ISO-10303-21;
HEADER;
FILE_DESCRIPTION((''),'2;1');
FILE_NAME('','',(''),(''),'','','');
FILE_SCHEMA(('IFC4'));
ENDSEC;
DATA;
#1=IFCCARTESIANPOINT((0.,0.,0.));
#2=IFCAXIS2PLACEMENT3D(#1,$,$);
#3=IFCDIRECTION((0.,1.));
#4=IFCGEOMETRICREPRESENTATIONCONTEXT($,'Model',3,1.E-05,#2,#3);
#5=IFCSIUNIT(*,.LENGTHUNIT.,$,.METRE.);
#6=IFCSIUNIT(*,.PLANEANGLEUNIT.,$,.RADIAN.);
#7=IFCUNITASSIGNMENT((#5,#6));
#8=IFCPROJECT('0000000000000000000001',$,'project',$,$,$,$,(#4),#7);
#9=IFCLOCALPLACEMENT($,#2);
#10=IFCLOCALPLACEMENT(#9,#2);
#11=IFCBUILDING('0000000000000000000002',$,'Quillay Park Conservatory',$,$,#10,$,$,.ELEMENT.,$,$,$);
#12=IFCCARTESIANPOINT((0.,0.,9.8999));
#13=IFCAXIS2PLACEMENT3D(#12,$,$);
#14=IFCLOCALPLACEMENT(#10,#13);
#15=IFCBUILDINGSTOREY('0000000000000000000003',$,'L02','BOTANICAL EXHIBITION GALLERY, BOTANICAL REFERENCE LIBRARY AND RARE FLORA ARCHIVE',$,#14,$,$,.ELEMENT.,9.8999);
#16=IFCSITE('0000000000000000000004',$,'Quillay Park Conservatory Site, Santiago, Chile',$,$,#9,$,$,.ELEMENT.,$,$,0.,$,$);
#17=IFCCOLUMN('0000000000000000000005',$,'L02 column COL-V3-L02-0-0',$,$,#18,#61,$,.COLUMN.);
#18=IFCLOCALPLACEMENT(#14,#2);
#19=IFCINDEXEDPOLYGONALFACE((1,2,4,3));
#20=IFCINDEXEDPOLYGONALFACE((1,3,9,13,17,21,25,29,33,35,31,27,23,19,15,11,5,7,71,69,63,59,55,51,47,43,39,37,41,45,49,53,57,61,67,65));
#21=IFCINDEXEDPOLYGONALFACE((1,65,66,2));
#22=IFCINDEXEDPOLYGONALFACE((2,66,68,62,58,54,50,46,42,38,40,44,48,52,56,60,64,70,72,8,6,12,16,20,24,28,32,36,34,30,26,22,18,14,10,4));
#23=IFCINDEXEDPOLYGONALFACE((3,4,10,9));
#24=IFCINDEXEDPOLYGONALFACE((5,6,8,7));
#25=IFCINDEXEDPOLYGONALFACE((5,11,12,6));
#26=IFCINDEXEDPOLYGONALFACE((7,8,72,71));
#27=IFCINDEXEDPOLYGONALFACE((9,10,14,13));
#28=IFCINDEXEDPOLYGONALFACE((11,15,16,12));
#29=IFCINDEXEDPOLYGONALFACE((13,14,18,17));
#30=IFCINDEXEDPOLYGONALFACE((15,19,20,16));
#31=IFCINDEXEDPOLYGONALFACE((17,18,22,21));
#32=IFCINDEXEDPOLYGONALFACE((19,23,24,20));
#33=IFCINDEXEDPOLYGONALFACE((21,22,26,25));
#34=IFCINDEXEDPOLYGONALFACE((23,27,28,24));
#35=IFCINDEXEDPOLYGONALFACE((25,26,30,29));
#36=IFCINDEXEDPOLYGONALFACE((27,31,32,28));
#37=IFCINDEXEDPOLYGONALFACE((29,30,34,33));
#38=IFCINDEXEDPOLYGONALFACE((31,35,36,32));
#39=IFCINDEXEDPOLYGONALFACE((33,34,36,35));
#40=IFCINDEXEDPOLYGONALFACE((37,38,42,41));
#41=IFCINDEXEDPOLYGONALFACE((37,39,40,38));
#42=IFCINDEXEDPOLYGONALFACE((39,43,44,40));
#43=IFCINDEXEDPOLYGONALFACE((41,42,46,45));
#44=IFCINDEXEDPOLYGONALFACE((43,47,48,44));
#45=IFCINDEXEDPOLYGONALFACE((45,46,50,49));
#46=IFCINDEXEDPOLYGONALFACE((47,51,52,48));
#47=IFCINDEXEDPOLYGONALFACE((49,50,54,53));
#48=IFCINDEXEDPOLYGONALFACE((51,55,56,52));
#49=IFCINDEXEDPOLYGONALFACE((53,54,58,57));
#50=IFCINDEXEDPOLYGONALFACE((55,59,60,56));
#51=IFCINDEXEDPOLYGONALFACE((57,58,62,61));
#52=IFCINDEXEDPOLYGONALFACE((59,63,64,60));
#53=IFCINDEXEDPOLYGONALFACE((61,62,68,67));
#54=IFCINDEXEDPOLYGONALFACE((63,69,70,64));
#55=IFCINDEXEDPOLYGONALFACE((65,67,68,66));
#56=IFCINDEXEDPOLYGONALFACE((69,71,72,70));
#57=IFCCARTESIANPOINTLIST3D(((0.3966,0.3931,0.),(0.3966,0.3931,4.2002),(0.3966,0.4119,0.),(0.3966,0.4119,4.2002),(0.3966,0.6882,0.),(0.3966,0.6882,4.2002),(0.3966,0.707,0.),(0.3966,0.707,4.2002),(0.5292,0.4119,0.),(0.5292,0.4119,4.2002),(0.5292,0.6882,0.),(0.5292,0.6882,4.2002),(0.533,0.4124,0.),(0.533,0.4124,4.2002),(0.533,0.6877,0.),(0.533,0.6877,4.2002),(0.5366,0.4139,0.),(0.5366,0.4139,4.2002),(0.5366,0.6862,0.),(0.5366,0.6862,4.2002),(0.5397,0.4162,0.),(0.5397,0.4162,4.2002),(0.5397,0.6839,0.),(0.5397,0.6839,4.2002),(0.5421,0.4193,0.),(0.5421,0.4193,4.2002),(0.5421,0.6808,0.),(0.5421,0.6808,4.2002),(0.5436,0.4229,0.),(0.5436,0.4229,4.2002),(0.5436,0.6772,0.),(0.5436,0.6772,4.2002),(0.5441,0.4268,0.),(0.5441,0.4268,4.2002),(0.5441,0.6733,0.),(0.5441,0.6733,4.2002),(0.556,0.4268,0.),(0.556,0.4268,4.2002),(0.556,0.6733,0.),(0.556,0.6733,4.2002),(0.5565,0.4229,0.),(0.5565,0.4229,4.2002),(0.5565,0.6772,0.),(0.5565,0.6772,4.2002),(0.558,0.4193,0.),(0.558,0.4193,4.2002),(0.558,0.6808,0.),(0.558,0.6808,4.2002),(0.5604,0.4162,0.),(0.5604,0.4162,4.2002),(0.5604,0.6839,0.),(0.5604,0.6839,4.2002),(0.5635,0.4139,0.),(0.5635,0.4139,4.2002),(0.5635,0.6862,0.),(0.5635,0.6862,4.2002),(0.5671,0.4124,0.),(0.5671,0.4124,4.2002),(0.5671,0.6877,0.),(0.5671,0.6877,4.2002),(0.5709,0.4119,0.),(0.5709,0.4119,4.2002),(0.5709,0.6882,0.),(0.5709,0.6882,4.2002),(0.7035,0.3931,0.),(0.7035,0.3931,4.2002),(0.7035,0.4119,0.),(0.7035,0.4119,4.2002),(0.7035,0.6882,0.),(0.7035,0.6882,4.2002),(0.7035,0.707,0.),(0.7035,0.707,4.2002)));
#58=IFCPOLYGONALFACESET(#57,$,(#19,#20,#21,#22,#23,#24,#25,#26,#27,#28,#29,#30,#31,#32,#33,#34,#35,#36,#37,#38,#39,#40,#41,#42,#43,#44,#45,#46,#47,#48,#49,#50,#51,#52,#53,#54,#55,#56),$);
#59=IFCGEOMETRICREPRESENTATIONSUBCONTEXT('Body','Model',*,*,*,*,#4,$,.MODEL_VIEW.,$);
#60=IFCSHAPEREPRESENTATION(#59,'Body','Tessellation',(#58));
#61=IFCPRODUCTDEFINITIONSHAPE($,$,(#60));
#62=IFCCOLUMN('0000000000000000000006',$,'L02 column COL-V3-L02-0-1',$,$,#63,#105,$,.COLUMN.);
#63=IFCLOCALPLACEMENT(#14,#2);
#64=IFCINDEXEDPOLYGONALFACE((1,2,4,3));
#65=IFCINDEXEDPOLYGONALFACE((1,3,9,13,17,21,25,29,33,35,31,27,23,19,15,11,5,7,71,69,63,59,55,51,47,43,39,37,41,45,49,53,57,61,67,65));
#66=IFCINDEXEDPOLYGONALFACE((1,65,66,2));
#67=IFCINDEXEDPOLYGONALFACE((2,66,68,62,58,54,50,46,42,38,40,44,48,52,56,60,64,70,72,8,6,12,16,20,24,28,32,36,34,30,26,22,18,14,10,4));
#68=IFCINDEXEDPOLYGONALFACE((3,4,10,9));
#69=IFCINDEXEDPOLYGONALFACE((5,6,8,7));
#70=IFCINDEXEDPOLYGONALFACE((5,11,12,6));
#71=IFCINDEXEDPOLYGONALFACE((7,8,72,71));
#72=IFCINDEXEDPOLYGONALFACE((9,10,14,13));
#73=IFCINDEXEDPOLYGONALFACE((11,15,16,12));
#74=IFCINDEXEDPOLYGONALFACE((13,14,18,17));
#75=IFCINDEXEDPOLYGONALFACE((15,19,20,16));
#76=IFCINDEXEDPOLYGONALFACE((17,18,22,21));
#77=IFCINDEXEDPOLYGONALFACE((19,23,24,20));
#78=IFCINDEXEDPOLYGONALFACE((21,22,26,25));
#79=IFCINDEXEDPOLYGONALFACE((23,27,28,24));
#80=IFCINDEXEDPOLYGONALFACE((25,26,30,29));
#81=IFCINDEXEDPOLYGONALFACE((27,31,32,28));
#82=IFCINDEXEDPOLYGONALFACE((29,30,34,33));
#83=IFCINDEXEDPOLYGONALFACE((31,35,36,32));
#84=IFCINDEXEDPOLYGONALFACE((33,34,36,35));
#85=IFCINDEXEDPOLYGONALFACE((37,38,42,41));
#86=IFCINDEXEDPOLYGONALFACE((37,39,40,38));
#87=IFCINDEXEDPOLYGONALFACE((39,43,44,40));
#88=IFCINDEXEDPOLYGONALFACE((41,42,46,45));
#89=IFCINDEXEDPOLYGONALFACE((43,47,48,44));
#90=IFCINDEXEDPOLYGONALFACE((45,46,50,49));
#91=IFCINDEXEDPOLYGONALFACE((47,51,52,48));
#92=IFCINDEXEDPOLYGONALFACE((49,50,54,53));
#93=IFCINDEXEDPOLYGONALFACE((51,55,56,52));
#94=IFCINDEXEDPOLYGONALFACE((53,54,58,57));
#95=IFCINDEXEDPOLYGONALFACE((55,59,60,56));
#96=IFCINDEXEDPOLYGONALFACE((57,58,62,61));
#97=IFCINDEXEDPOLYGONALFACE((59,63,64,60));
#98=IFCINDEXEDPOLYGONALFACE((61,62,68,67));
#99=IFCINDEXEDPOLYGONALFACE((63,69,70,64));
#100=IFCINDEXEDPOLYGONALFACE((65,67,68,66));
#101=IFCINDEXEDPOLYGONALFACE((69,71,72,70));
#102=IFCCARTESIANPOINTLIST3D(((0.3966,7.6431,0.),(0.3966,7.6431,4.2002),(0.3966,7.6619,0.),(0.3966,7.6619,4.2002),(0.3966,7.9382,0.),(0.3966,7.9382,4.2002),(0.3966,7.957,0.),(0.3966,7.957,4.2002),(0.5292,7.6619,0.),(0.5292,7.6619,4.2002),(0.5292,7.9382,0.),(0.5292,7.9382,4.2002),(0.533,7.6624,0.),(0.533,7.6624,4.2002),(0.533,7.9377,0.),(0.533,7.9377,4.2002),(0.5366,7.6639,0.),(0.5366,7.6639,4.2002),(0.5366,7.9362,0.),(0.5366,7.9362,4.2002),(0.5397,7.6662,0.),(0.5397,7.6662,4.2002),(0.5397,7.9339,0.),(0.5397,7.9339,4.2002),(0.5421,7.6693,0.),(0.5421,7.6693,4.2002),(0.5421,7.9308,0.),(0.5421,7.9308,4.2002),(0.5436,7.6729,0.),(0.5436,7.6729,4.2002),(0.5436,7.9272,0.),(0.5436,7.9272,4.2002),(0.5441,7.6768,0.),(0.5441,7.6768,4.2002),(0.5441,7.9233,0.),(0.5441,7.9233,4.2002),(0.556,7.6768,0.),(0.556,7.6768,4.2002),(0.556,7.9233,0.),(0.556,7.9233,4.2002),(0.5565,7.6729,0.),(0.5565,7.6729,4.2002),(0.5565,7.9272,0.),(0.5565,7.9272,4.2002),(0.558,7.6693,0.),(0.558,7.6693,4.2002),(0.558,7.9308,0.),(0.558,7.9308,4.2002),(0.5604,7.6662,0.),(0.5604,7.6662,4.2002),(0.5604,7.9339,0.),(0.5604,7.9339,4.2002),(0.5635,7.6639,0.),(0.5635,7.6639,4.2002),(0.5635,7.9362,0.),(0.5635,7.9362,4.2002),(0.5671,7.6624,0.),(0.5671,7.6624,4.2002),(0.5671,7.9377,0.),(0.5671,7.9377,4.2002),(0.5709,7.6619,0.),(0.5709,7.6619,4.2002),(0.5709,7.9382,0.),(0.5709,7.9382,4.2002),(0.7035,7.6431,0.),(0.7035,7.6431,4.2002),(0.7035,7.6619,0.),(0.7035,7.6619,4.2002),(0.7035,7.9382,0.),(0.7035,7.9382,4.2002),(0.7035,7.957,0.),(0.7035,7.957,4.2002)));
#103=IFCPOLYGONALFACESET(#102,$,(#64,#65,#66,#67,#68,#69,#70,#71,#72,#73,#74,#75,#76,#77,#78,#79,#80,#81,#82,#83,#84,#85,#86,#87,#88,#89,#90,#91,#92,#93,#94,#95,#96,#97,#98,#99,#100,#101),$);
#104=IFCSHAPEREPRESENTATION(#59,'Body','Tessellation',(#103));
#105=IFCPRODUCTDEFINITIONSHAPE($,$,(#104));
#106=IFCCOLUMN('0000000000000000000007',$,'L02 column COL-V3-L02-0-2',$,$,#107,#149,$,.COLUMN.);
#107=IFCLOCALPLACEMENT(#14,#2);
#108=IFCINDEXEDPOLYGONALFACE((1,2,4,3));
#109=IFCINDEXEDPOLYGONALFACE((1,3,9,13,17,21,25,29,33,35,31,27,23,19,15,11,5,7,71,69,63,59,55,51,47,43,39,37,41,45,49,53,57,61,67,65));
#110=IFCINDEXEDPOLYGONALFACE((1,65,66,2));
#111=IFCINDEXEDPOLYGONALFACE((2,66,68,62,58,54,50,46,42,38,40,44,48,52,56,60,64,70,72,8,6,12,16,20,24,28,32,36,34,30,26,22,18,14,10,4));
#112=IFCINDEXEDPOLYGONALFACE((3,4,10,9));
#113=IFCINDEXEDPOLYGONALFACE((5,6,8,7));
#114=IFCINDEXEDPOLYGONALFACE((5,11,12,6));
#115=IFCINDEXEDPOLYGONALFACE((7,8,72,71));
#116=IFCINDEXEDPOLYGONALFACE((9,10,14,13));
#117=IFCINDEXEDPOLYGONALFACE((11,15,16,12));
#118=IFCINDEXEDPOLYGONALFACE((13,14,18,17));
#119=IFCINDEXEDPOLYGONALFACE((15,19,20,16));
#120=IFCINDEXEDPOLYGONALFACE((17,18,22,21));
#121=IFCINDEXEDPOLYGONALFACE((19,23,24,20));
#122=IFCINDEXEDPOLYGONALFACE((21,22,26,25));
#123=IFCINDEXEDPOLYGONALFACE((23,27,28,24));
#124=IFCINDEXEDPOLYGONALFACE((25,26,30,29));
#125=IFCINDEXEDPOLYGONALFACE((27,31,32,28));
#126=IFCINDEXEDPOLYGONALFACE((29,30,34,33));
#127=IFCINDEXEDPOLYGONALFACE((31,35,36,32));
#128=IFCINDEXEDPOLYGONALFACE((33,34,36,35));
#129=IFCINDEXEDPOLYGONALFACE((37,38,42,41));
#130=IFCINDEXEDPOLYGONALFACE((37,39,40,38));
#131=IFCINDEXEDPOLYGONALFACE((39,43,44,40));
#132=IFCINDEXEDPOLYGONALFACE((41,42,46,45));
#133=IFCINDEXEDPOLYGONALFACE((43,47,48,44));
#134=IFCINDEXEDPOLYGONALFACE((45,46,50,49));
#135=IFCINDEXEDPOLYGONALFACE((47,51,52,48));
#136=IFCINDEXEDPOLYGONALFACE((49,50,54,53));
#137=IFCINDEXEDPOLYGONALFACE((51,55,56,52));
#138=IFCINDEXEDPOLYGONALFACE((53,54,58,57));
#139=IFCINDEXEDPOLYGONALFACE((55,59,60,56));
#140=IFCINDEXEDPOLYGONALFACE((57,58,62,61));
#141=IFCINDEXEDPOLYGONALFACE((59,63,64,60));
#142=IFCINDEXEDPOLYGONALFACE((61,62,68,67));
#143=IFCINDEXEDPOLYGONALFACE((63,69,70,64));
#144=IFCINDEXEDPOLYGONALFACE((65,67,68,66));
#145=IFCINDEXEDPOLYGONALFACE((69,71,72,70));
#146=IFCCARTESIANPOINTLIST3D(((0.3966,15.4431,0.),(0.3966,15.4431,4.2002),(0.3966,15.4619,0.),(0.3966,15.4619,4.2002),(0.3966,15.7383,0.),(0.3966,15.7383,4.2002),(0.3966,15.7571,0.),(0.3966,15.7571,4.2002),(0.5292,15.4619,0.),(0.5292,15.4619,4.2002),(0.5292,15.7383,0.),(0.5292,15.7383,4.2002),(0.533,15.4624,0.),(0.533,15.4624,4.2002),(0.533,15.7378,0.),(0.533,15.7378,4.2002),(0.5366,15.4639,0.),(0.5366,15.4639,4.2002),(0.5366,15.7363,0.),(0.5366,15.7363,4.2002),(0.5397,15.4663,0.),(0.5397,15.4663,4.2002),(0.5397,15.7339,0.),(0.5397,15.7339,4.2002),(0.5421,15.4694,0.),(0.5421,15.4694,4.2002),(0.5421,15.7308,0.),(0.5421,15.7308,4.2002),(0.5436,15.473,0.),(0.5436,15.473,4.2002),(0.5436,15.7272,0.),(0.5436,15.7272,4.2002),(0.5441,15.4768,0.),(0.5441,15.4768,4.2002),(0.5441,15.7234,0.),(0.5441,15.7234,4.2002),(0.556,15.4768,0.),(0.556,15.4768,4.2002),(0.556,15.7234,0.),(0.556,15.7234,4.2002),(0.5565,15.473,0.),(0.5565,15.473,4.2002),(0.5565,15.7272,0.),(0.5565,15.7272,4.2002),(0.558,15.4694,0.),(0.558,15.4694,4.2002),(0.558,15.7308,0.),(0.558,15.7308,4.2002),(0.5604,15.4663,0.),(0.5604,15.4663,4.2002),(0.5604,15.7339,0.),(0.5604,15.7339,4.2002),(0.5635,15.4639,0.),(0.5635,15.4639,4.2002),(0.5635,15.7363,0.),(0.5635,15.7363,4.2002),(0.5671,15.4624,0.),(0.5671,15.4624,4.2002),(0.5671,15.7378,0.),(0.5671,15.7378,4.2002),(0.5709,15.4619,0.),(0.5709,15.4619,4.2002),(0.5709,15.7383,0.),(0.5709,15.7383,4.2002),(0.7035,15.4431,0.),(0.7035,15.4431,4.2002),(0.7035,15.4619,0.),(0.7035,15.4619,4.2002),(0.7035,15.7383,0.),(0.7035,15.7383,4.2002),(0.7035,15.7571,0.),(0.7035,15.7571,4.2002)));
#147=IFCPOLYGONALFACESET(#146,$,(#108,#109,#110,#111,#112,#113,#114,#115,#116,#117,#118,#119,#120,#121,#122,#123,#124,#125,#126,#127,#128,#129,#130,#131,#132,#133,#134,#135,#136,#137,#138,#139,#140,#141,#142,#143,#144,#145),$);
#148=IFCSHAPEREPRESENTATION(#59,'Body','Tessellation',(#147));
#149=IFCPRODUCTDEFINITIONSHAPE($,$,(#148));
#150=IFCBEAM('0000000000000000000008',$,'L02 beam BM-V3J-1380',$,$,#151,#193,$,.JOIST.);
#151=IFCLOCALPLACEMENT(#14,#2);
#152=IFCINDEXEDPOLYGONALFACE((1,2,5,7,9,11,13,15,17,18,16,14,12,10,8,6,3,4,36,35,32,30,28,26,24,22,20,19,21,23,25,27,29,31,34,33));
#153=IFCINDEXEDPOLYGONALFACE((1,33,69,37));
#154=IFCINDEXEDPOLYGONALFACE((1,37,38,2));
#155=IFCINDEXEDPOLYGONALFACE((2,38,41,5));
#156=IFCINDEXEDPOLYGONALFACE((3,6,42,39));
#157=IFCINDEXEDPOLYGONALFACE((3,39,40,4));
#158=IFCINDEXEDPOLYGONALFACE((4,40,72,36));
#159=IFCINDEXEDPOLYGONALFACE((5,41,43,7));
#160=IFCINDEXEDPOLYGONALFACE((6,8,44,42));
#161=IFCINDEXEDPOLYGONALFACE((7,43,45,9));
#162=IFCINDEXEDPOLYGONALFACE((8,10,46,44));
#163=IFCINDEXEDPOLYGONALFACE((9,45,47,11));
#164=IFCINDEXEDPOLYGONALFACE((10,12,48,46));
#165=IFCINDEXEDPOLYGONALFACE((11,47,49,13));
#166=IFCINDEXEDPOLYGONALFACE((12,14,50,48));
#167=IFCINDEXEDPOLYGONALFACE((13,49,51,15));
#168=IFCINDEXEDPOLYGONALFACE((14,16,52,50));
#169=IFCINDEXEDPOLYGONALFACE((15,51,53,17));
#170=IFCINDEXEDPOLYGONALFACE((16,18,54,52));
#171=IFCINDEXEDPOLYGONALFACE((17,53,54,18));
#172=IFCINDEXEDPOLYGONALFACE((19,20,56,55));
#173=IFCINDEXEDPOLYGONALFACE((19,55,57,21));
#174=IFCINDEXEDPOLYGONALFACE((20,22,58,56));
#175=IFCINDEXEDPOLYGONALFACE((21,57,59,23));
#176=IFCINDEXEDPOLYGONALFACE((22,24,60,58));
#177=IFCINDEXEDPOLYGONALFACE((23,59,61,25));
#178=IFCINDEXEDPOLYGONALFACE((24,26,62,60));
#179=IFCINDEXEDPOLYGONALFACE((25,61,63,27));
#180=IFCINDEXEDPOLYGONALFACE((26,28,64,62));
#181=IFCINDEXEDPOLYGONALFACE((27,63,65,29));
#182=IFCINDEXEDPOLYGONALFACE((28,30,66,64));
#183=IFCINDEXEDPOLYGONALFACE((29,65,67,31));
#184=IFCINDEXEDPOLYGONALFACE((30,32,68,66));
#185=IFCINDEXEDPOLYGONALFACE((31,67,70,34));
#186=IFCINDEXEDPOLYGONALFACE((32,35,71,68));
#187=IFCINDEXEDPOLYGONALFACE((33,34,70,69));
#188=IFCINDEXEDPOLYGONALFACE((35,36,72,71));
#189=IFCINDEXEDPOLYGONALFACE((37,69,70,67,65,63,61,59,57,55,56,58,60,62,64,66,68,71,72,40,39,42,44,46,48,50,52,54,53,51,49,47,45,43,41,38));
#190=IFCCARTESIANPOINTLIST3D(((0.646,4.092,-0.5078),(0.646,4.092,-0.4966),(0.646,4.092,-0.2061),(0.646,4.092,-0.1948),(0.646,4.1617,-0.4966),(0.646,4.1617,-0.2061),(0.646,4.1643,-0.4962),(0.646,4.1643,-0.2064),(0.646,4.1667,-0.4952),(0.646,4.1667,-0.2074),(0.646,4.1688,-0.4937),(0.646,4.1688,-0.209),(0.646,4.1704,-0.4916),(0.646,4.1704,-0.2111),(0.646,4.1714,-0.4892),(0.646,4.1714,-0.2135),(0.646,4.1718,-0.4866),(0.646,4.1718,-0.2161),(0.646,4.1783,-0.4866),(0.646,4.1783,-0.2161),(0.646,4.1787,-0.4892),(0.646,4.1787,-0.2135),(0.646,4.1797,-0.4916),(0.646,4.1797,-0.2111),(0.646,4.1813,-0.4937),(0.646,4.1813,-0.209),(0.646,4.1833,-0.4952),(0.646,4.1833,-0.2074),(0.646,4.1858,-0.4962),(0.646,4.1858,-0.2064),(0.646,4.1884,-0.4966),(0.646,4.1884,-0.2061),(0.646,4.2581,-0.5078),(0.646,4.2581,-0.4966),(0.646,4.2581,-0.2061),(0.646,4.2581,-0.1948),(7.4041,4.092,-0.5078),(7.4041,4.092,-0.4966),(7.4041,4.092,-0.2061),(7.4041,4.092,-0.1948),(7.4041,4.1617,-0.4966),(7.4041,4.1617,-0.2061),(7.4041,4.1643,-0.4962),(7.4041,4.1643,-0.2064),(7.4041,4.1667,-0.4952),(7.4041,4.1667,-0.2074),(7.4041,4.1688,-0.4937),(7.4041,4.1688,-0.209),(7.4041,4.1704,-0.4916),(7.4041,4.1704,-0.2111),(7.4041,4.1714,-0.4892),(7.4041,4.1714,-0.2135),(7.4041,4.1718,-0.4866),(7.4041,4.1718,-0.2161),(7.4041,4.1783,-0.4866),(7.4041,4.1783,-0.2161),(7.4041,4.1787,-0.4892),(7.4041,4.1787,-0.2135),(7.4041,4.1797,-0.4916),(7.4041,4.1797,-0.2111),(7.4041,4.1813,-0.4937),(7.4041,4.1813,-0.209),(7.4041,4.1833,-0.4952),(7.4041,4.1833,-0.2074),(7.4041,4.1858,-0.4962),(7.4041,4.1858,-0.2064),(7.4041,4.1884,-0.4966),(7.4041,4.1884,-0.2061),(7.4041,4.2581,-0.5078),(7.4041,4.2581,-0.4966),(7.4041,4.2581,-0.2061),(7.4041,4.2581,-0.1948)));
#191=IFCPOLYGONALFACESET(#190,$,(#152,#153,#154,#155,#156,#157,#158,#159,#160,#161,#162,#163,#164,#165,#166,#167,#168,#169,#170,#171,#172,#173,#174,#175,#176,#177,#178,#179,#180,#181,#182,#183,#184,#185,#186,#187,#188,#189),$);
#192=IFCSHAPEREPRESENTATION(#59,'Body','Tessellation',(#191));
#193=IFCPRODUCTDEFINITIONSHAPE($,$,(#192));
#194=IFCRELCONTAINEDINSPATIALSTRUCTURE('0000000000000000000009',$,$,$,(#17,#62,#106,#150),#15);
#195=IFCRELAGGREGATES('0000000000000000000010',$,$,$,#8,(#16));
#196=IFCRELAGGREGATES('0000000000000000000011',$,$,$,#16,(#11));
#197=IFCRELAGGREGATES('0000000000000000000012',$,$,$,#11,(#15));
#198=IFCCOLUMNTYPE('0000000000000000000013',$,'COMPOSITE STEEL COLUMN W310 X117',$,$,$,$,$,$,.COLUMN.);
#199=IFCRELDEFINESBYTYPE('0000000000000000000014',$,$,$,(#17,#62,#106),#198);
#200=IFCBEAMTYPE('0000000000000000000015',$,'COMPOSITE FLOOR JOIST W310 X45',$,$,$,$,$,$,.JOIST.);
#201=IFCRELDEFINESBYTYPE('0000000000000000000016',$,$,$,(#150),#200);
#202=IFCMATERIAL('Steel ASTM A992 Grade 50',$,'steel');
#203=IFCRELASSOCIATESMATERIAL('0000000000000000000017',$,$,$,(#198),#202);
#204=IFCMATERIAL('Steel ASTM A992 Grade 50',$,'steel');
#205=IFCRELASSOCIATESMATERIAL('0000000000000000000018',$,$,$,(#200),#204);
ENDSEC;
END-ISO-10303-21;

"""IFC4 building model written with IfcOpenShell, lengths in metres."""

from ifc_helpers import new_model, si_unit, direction, frame, origin, origin_2d, place, context, subcontext, project, spatial, i_section, extrude, material, material_profile, profile_set, type_object, element, save


model = new_model("IFC4")

# Units and contexts
model_context = context("Model", 3, precision=1e-05, world=origin(), true_north=direction((0.0, 1.0)))
body_context = subcontext(model_context, "Body", "Model", "MODEL_VIEW")
ifc_project = project(units=[si_unit("LENGTHUNIT", "METRE"), si_unit("PLANEANGLEUNIT", "RADIAN")], contexts=[model_context])

# Site, building, storey
site_placement = place(None, origin())
site = spatial("IfcSite", under=ifc_project, at=site_placement, Name="Quillay Park Conservatory Site, Santiago, Chile", CompositionType="ELEMENT", RefElevation=0.0)
building_placement = place(site_placement, origin())
building = spatial("IfcBuilding", under=site, at=building_placement, Name="Quillay Park Conservatory", CompositionType="ELEMENT")
storey_placement = place(building_placement, frame((0.0, 0.0, 9.8999)))
storey = spatial("IfcBuildingStorey", under=building, at=storey_placement, Name="L02", Description="BOTANICAL EXHIBITION GALLERY, BOTANICAL REFERENCE LIBRARY AND RARE FLORA ARCHIVE", CompositionType="ELEMENT", Elevation=9.8999)

# Columns
ifc_material_1 = material(Name="Steel ASTM A992 Grade 50", Category="steel")
ifc_material_profile_1 = material_profile(ifc_material_1, i_section(OverallWidth=0.3069, OverallDepth=0.314, WebThickness=0.012, FlangeThickness=0.0188, FilletRadius=0.0149, at=origin_2d()), Name="W310x117")
ifc_profile_set_1 = profile_set([ifc_material_profile_1], Name="Steel ASTM A992 Grade 50")
column_type = type_object("IfcColumnType", Name="COMPOSITE STEEL COLUMN W310 X117", PredefinedType="COLUMN", material=ifc_profile_set_1)
for number, where, z_axis, x_axis, name in (
    (1, (0.55, 0.55, 0.0), (0.0, 0.0, 1.0), (1.0, 0.0, 0.0), "L02 column COL-V3-L02-0-0"),
    (2, (0.55, 7.8, 0.0), (0.0, 0.0, 1.0), (1.0, 0.0, 0.0), "L02 column COL-V3-L02-0-1"),
    (3, (0.55, 15.6001, 0.0), (0.0, 0.0, 1.0), (1.0, 0.0, 0.0), "L02 column COL-V3-L02-0-2"),
):
    element("IfcColumn", number, at=place(storey_placement, frame(where, z_axis=z_axis, x_axis=x_axis)), inside=storey, type_object=column_type, Name=name, PredefinedType="COLUMN", context=body_context, shape_type="SweptSolid", body=[
        extrude(i_section(OverallWidth=0.3069, OverallDepth=0.314, WebThickness=0.012, FlangeThickness=0.0188, FilletRadius=0.0149, at=origin_2d()), origin(), (0.0, 0.0, 1.0), 4.2002),
    ])

# Beam
ifc_material_2 = material(Name="Steel ASTM A992 Grade 50", Category="steel")
ifc_material_profile_2 = material_profile(ifc_material_2, i_section(OverallWidth=0.166, OverallDepth=0.313, WebThickness=0.0066, FlangeThickness=0.0112, FilletRadius=0.01, at=origin_2d()), Name="W310x45")
ifc_profile_set_2 = profile_set([ifc_material_profile_2], Name="Steel ASTM A992 Grade 50")
beam_type_1 = type_object("IfcBeamType", Name="COMPOSITE FLOOR JOIST W310 X45", PredefinedType="JOIST", material=ifc_profile_set_2)
for number, where, z_axis, x_axis, name in (
    (4, (0.646, 4.175, -0.3513), (1.0, 0.0, 0.0), (0.0, 1.0, 0.0), "L02 beam BM-V3J-1380"),
):
    element("IfcBeam", number, at=place(storey_placement, frame(where, z_axis=z_axis, x_axis=x_axis)), inside=storey, type_object=beam_type_1, Name=name, PredefinedType="JOIST", context=body_context, shape_type="SweptSolid", body=[
        extrude(i_section(OverallWidth=0.166, OverallDepth=0.313, WebThickness=0.0066, FlangeThickness=0.0112, FilletRadius=0.01, at=origin_2d()), origin(), (0.0, 0.0, 1.0), 6.7581),
    ])

save(model, "model.ifc")
